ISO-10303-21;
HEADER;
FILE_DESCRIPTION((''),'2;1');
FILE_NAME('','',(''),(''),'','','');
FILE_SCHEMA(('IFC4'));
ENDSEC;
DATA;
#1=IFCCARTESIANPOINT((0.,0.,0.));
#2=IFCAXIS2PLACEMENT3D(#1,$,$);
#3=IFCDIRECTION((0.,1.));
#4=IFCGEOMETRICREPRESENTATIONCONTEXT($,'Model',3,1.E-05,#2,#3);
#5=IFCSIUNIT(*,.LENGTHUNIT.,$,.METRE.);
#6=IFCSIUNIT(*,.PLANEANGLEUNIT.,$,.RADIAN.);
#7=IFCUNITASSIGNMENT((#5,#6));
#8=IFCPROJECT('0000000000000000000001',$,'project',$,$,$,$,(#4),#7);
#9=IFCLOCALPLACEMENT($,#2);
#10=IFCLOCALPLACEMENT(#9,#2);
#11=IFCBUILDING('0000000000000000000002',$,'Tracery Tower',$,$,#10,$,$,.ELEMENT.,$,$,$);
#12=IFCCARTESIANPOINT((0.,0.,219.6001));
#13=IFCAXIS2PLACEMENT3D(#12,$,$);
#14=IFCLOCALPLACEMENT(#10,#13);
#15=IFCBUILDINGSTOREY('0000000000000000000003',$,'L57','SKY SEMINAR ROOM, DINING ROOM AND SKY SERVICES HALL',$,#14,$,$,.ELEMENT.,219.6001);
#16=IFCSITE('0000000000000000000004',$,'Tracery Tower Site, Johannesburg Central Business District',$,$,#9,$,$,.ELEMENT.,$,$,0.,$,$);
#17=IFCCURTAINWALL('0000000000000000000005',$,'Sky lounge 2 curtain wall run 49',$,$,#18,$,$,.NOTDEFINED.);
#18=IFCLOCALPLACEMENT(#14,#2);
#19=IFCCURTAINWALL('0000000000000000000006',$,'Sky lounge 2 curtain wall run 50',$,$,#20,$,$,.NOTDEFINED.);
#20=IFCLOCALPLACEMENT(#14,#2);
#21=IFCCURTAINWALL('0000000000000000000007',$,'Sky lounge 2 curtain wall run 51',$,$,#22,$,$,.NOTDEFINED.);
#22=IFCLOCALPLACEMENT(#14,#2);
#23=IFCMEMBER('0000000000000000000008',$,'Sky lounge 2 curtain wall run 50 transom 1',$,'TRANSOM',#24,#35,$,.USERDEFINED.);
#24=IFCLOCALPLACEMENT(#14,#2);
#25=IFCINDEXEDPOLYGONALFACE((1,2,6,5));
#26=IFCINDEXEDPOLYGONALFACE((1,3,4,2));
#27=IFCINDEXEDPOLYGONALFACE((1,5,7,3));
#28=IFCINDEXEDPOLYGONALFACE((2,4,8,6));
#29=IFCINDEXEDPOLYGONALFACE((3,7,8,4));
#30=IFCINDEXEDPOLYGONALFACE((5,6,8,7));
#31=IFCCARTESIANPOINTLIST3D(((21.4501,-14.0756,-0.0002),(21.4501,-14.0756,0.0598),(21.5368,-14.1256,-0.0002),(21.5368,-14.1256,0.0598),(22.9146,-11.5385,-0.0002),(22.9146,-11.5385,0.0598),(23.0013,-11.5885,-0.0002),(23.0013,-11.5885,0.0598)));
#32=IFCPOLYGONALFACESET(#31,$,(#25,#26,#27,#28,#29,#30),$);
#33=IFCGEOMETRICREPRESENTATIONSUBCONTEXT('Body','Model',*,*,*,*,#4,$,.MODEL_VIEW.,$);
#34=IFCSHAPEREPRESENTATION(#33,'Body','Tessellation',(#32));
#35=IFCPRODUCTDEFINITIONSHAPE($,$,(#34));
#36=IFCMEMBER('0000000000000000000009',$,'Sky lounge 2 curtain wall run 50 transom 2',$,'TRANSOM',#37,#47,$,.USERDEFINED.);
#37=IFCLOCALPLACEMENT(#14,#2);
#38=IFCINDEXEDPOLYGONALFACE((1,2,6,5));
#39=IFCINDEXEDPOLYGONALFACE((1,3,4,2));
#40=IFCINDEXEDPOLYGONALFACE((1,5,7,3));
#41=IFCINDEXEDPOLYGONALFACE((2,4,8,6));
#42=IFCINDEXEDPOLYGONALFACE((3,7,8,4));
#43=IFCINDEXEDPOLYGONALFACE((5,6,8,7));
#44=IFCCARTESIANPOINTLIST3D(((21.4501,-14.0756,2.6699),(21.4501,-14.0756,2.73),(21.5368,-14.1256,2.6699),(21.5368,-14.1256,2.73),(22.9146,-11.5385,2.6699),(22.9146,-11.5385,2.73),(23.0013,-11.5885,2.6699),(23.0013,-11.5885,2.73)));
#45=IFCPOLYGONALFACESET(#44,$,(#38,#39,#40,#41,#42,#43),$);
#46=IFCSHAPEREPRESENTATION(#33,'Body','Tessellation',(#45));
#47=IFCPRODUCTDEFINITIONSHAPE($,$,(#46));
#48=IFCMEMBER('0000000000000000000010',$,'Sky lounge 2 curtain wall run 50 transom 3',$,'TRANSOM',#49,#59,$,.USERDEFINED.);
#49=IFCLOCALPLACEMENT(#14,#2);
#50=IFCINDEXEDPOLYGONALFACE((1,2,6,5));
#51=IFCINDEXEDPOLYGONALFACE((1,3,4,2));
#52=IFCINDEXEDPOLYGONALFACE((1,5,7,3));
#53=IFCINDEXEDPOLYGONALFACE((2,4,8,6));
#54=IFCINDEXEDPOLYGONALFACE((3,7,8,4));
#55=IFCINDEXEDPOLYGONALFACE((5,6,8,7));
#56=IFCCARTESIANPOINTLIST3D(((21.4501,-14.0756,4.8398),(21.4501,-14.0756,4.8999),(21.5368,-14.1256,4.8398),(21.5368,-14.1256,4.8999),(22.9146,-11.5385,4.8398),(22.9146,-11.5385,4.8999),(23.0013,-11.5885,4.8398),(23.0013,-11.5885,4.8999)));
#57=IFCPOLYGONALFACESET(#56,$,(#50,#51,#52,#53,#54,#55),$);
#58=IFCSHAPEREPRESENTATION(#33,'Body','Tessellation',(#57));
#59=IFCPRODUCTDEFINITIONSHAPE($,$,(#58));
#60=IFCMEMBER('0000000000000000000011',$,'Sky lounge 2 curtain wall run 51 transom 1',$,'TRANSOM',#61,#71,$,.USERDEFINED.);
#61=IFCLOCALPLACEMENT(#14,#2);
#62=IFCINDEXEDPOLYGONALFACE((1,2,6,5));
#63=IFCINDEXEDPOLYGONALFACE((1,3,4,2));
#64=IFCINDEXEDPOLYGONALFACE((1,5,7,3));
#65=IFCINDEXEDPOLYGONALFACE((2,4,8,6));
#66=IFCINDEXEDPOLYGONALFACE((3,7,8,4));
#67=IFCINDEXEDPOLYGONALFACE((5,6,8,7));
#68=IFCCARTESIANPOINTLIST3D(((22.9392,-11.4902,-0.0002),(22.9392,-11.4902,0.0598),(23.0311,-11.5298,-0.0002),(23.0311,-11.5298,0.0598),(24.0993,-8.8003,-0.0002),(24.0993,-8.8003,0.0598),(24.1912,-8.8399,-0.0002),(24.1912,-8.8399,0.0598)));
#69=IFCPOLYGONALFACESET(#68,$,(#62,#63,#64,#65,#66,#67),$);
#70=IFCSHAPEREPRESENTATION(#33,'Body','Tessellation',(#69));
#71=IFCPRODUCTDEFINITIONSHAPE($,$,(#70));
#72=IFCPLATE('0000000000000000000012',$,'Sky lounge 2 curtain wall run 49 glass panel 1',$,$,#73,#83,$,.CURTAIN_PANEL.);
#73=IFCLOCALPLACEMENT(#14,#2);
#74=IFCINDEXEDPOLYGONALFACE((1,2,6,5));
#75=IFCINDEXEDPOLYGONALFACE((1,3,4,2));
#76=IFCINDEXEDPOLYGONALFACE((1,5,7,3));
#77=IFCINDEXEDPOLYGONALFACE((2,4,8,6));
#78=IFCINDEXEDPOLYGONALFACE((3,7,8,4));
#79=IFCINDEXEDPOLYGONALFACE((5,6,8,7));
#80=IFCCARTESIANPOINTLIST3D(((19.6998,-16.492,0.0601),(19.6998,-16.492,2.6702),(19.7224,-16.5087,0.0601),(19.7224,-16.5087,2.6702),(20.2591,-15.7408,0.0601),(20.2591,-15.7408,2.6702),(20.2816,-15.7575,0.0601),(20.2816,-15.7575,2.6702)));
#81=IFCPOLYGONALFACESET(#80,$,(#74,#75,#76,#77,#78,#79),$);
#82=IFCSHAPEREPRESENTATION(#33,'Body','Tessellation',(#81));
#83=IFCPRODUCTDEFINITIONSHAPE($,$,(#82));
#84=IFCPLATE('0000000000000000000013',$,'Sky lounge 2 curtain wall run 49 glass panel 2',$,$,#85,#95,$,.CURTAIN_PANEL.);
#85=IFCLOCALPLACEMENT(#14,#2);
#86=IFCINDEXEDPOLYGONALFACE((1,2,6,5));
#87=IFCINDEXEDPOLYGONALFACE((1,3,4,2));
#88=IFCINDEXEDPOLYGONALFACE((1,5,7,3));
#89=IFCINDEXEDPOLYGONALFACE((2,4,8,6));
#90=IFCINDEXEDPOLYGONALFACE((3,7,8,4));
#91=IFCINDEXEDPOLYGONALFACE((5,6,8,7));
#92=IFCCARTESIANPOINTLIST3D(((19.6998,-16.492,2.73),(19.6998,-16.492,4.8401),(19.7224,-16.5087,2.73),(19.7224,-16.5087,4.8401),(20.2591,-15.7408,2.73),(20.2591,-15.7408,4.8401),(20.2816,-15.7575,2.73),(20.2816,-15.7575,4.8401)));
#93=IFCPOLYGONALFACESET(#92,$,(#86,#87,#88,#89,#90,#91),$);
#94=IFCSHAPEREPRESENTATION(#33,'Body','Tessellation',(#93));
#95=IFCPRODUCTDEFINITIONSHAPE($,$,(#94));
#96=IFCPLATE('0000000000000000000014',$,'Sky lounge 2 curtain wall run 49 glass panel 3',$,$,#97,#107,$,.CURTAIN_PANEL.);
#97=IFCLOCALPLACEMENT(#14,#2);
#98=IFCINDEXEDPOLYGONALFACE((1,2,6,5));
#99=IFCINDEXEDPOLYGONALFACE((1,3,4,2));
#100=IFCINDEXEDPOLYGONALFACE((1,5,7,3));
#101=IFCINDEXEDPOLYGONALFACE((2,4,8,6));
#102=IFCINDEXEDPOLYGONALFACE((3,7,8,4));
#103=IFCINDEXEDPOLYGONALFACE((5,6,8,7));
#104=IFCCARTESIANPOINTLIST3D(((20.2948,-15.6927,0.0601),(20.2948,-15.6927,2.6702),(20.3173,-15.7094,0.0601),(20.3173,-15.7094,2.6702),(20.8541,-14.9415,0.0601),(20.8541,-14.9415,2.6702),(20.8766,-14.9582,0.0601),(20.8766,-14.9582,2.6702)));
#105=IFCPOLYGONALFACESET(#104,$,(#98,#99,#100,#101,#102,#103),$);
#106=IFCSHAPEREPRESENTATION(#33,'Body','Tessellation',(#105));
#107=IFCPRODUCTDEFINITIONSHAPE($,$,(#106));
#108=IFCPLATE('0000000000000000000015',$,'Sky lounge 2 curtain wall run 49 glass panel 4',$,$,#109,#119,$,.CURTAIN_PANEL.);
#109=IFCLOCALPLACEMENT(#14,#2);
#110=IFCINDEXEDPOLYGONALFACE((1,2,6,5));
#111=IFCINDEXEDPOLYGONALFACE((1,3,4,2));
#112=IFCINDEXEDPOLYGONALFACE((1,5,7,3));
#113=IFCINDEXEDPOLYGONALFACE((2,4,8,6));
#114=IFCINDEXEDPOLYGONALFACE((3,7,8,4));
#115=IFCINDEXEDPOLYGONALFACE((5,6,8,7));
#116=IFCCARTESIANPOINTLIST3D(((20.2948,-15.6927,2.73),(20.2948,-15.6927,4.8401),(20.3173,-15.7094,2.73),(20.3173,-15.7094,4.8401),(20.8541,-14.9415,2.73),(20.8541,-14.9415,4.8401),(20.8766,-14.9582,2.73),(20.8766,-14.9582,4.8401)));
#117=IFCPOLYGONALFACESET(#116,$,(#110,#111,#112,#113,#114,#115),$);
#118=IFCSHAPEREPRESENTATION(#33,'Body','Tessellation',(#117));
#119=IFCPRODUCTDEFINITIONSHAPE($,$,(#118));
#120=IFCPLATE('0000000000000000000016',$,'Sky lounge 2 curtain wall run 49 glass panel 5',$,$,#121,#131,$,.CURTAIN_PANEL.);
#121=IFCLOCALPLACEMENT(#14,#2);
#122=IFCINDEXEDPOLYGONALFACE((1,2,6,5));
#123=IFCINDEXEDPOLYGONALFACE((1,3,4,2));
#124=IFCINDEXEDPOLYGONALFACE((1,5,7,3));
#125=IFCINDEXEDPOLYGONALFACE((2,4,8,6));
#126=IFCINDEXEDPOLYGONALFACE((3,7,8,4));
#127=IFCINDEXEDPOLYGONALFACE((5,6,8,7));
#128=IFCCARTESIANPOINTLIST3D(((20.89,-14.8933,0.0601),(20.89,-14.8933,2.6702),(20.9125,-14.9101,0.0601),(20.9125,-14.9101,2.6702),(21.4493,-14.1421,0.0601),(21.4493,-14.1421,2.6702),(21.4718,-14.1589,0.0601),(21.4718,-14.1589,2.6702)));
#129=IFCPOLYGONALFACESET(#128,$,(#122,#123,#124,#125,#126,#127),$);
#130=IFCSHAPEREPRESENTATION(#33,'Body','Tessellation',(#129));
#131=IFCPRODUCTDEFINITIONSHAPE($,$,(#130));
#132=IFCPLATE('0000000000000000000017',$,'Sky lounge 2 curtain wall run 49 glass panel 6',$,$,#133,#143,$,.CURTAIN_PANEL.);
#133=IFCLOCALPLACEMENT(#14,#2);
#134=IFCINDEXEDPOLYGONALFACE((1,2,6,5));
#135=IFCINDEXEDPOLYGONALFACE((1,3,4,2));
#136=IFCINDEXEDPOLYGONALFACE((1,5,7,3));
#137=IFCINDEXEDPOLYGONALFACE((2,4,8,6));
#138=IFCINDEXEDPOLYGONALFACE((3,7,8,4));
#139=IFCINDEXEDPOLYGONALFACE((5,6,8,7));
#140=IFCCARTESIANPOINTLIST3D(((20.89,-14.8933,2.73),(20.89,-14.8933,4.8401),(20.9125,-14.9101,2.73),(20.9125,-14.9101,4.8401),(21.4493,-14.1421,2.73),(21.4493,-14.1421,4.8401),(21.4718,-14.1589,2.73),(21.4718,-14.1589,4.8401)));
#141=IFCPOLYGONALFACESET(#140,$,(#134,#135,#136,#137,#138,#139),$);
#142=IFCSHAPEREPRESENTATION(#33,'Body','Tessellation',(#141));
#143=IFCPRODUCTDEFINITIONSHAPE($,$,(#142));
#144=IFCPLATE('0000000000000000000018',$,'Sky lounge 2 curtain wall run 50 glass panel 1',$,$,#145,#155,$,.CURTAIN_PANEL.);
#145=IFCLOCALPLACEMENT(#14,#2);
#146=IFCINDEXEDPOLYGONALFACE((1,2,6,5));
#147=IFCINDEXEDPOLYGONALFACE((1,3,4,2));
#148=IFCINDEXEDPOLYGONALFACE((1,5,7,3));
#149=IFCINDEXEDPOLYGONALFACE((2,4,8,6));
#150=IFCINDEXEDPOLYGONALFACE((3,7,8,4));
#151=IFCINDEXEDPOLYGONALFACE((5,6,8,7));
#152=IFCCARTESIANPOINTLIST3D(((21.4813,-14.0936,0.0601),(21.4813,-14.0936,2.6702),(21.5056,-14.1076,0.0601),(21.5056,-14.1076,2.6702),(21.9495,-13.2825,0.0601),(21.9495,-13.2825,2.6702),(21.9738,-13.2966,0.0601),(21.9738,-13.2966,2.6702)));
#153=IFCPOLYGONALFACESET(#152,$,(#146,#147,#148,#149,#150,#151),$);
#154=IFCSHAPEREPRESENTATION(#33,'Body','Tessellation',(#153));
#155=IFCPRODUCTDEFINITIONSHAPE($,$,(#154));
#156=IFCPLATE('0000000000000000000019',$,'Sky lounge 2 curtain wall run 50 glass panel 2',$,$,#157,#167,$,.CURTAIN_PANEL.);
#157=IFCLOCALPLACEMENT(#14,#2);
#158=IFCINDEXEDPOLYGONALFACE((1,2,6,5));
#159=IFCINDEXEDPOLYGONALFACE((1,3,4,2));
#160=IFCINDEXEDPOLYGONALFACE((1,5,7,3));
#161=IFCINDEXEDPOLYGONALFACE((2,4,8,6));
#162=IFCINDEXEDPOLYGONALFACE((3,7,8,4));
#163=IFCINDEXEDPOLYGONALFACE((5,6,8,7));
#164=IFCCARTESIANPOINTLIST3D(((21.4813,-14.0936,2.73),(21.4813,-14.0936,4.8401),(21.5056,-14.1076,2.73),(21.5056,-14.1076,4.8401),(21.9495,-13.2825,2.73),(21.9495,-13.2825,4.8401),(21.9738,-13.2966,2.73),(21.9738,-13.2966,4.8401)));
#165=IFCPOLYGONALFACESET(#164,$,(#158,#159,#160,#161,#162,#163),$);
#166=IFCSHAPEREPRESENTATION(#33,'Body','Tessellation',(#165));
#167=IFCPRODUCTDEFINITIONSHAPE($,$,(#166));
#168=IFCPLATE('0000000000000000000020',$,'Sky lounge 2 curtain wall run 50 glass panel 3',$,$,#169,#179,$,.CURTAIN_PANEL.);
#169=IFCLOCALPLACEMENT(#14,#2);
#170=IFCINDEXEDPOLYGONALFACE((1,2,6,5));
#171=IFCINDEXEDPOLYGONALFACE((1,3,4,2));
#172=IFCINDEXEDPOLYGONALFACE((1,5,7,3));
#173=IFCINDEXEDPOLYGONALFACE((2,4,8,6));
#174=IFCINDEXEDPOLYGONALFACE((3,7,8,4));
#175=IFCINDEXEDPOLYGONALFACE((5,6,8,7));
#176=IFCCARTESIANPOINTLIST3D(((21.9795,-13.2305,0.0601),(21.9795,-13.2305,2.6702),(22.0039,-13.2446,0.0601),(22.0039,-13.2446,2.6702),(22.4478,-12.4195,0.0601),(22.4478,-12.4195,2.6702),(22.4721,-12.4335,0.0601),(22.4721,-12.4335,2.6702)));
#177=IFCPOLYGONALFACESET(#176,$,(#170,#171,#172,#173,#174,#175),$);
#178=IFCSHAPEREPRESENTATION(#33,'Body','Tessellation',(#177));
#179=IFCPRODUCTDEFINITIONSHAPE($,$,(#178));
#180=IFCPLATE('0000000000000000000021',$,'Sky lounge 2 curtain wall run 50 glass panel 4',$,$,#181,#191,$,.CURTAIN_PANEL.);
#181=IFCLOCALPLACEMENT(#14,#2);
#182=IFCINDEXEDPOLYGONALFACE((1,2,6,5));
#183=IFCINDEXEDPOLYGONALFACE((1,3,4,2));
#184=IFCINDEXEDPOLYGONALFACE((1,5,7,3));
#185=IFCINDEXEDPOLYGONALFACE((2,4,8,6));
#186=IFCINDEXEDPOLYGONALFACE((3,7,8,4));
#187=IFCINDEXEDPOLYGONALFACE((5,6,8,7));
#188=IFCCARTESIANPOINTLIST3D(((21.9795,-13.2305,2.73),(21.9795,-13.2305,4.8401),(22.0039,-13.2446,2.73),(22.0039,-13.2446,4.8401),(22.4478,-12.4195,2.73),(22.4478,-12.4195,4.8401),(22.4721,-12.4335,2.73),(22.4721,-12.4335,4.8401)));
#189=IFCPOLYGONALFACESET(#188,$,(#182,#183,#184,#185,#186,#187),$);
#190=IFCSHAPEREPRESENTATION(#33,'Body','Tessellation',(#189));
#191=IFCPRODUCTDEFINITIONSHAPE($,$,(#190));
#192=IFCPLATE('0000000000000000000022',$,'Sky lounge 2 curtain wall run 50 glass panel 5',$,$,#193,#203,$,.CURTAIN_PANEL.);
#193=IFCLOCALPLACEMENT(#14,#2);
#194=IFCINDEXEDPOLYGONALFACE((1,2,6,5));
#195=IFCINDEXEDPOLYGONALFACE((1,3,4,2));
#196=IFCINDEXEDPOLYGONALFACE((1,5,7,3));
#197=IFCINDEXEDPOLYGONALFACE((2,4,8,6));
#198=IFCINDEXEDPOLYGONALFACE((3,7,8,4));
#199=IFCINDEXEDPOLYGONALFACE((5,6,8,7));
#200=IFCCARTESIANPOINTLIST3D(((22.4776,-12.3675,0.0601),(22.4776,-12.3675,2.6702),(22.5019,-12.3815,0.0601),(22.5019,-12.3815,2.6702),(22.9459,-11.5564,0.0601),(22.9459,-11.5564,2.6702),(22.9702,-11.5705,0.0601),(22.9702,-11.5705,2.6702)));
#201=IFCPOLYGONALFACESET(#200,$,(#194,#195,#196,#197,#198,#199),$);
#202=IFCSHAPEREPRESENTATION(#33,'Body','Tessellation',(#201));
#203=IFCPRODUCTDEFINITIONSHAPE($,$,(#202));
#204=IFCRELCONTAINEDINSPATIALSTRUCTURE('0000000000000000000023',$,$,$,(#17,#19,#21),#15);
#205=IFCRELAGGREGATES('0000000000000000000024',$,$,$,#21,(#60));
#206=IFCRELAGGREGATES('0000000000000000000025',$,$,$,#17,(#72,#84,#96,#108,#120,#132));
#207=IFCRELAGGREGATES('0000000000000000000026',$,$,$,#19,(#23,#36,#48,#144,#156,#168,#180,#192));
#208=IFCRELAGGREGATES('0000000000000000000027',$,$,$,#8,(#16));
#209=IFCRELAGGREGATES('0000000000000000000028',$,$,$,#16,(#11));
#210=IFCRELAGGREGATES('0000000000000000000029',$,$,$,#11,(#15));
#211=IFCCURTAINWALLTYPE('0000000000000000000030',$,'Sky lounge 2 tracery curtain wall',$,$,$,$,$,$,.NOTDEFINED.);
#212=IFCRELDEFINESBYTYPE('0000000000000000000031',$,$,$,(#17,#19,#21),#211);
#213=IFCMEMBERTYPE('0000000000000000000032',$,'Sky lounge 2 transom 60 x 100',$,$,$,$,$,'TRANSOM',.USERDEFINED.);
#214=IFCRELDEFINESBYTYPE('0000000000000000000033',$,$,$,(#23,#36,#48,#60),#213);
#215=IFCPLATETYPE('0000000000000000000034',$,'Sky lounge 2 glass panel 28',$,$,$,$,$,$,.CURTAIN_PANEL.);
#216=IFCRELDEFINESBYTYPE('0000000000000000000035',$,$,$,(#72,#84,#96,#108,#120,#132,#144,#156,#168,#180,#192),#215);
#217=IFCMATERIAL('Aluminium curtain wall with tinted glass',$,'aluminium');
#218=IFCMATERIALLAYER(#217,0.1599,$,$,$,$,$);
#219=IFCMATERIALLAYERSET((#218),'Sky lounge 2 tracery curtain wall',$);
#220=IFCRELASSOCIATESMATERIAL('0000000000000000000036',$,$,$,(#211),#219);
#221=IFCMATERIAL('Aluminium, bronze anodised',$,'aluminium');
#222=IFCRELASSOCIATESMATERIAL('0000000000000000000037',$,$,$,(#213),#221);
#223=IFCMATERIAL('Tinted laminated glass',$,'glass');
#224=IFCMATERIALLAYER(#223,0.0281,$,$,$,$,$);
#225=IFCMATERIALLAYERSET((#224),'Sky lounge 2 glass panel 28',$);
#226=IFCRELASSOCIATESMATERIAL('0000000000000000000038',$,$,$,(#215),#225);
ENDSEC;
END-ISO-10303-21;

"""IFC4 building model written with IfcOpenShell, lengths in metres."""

from ifc_helpers import new_model, si_unit, direction, frame, origin, origin_2d, place, context, subcontext, project, spatial, rectangle, extrude, material, layer, layer_set, material_profile, profile_set, type_object, element, aggregate, save


model = new_model("IFC4")

# Units and contexts
model_context = context("Model", 3, precision=1e-05, world=origin(), true_north=direction((0.0, 1.0)))
body_context = subcontext(model_context, "Body", "Model", "MODEL_VIEW")
ifc_project = project(units=[si_unit("LENGTHUNIT", "METRE"), si_unit("PLANEANGLEUNIT", "RADIAN")], contexts=[model_context])

# Site, building, storey
site_placement = place(None, origin())
site = spatial("IfcSite", under=ifc_project, at=site_placement, Name="Tracery Tower Site, Johannesburg Central Business District", CompositionType="ELEMENT", RefElevation=0.0)
building_placement = place(site_placement, origin())
building = spatial("IfcBuilding", under=site, at=building_placement, Name="Tracery Tower", CompositionType="ELEMENT")
storey_placement = place(building_placement, frame((0.0, 0.0, 219.6001)))
storey = spatial("IfcBuildingStorey", under=building, at=storey_placement, Name="L57", Description="SKY SEMINAR ROOM, DINING ROOM AND SKY SERVICES HALL", CompositionType="ELEMENT", Elevation=219.6001)

# Curtain walls
ifc_material_1 = material(Name="Aluminium curtain wall with tinted glass", Category="aluminium")
ifc_layer_1 = layer(ifc_material_1, 0.1599)
ifc_layer_set_1 = layer_set([ifc_layer_1], Name="Sky lounge 2 tracery curtain wall")
curtain_wall_type = type_object("IfcCurtainWallType", Name="Sky lounge 2 tracery curtain wall", PredefinedType="NOTDEFINED", material=ifc_layer_set_1)
curtain_wall_1_placement = place(storey_placement, origin())
curtain_wall_1 = element("IfcCurtainWall", 1, at=curtain_wall_1_placement, inside=storey, type_object=curtain_wall_type, Name="Sky lounge 2 curtain wall run 49", PredefinedType="NOTDEFINED")
curtain_wall_2_placement = place(storey_placement, origin())
curtain_wall_2 = element("IfcCurtainWall", 2, at=curtain_wall_2_placement, inside=storey, type_object=curtain_wall_type, Name="Sky lounge 2 curtain wall run 50", PredefinedType="NOTDEFINED")

# Curtain wall
curtain_wall_3_placement = place(storey_placement, origin())
curtain_wall_3 = element("IfcCurtainWall", 3, at=curtain_wall_3_placement, inside=storey, type_object=curtain_wall_type, Name="Sky lounge 2 curtain wall run 51", PredefinedType="NOTDEFINED")

# Members
ifc_material_2 = material(Name="Aluminium, bronze anodised", Category="aluminium")
ifc_material_profile_1 = material_profile(ifc_material_2, rectangle(XDim=0.1001, YDim=0.0601, at=origin_2d()), Name="AL 60x100")
ifc_profile_set_1 = profile_set([ifc_material_profile_1], Name="Aluminium, bronze anodised")
member_type_1 = type_object("IfcMemberType", Name="Sky lounge 2 transom 60 x 100", ElementType="TRANSOM", PredefinedType="USERDEFINED", material=ifc_profile_set_1)
member_1_placement = place(storey_placement, frame((21.4934, -14.1006, 0.0298), z_axis=(0.499948, 0.866055, 0.0), x_axis=(-0.866055, 0.499948, 0.0)))
member_1 = element("IfcMember", 4, at=member_1_placement, type_object=member_type_1, Name="Sky lounge 2 curtain wall run 50 transom 1", ObjectType="TRANSOM", PredefinedType="USERDEFINED", context=body_context, shape_type="SweptSolid", body=[
    extrude(rectangle(XDim=0.1001, YDim=0.0601, at=origin_2d()), origin(), (0.0, 0.0, 1.0), 2.9294),
])
member_2_placement = place(storey_placement, frame((21.4934, -14.1006, 2.7), z_axis=(0.499948, 0.866055, 0.0), x_axis=(-0.866055, 0.499948, 0.0)))
member_2 = element("IfcMember", 5, at=member_2_placement, type_object=member_type_1, Name="Sky lounge 2 curtain wall run 50 transom 2", ObjectType="TRANSOM", PredefinedType="USERDEFINED", context=body_context, shape_type="SweptSolid", body=[
    extrude(rectangle(XDim=0.1001, YDim=0.0601, at=origin_2d()), origin(), (0.0, 0.0, 1.0), 2.9294),
])
member_3_placement = place(storey_placement, frame((21.4934, -14.1006, 4.8699), z_axis=(0.499948, 0.866055, 0.0), x_axis=(-0.866055, 0.499948, 0.0)))
member_3 = element("IfcMember", 6, at=member_3_placement, type_object=member_type_1, Name="Sky lounge 2 curtain wall run 50 transom 3", ObjectType="TRANSOM", PredefinedType="USERDEFINED", context=body_context, shape_type="SweptSolid", body=[
    extrude(rectangle(XDim=0.1001, YDim=0.0601, at=origin_2d()), origin(), (0.0, 0.0, 1.0), 2.9294),
])
member_4_placement = place(storey_placement, frame((22.9851, -11.51, 0.0298), z_axis=(0.39603, 0.918237, 0.0), x_axis=(-0.918237, 0.39603, 0.0)))
member_4 = element("IfcMember", 7, at=member_4_placement, type_object=member_type_1, Name="Sky lounge 2 curtain wall run 51 transom 1", ObjectType="TRANSOM", PredefinedType="USERDEFINED", context=body_context, shape_type="SweptSolid", body=[
    extrude(rectangle(XDim=0.1001, YDim=0.0601, at=origin_2d()), origin(), (0.0, 0.0, 1.0), 2.9294),
])
aggregate(curtain_wall_3, [member_4])

# Plates
ifc_material_3 = material(Name="Tinted laminated glass", Category="glass")
ifc_layer_2 = layer(ifc_material_3, 0.0281)
ifc_layer_set_2 = layer_set([ifc_layer_2], Name="Sky lounge 2 glass panel 28")
plate_type = type_object("IfcPlateType", Name="Sky lounge 2 glass panel 28", PredefinedType="CURTAIN_PANEL", material=ifc_layer_set_2)
plate_1_placement = place(storey_placement, frame((19.9907, -16.1248, 0.0601), z_axis=(0.0, 0.0, 1.0), x_axis=(0.597159, 0.802123, 0.0)))
plate_1 = element("IfcPlate", 8, at=plate_1_placement, type_object=plate_type, Name="Sky lounge 2 curtain wall run 49 glass panel 1", PredefinedType="CURTAIN_PANEL", context=body_context, shape_type="SweptSolid", body=[
    extrude(rectangle(XDim=0.9365, YDim=0.0281, at=origin_2d()), origin(), (0.0, 0.0, 1.0), 2.6101),
])
plate_2_placement = place(storey_placement, frame((19.9907, -16.1248, 2.73), z_axis=(0.0, 0.0, 1.0), x_axis=(0.597159, 0.802123, 0.0)))
plate_2 = element("IfcPlate", 9, at=plate_2_placement, type_object=plate_type, Name="Sky lounge 2 curtain wall run 49 glass panel 2", PredefinedType="CURTAIN_PANEL", context=body_context, shape_type="SweptSolid", body=[
    extrude(rectangle(XDim=0.9365, YDim=0.0281, at=origin_2d()), origin(), (0.0, 0.0, 1.0), 2.1101),
])
plate_3_placement = place(storey_placement, frame((20.5857, -15.3254, 0.0601), z_axis=(0.0, 0.0, 1.0), x_axis=(0.597159, 0.802123, 0.0)))
plate_3 = element("IfcPlate", 10, at=plate_3_placement, type_object=plate_type, Name="Sky lounge 2 curtain wall run 49 glass panel 3", PredefinedType="CURTAIN_PANEL", context=body_context, shape_type="SweptSolid", body=[
    extrude(rectangle(XDim=0.9365, YDim=0.0281, at=origin_2d()), origin(), (0.0, 0.0, 1.0), 2.6101),
])
plate_4_placement = place(storey_placement, frame((20.5857, -15.3254, 2.73), z_axis=(0.0, 0.0, 1.0), x_axis=(0.597159, 0.802123, 0.0)))
plate_4 = element("IfcPlate", 11, at=plate_4_placement, type_object=plate_type, Name="Sky lounge 2 curtain wall run 49 glass panel 4", PredefinedType="CURTAIN_PANEL", context=body_context, shape_type="SweptSolid", body=[
    extrude(rectangle(XDim=0.9365, YDim=0.0281, at=origin_2d()), origin(), (0.0, 0.0, 1.0), 2.1101),
])
plate_5_placement = place(storey_placement, frame((21.1809, -14.5261, 0.0601), z_axis=(0.0, 0.0, 1.0), x_axis=(0.597159, 0.802123, 0.0)))
plate_5 = element("IfcPlate", 12, at=plate_5_placement, type_object=plate_type, Name="Sky lounge 2 curtain wall run 49 glass panel 5", PredefinedType="CURTAIN_PANEL", context=body_context, shape_type="SweptSolid", body=[
    extrude(rectangle(XDim=0.9365, YDim=0.0281, at=origin_2d()), origin(), (0.0, 0.0, 1.0), 2.6101),
])
plate_6_placement = place(storey_placement, frame((21.1809, -14.5261, 2.73), z_axis=(0.0, 0.0, 1.0), x_axis=(0.597159, 0.802123, 0.0)))
plate_6 = element("IfcPlate", 13, at=plate_6_placement, type_object=plate_type, Name="Sky lounge 2 curtain wall run 49 glass panel 6", PredefinedType="CURTAIN_PANEL", context=body_context, shape_type="SweptSolid", body=[
    extrude(rectangle(XDim=0.9365, YDim=0.0281, at=origin_2d()), origin(), (0.0, 0.0, 1.0), 2.1101),
])
aggregate(curtain_wall_1, [plate_1, plate_2, plate_3, plate_4, plate_5, plate_6])
plate_7_placement = place(storey_placement, frame((21.7275, -13.6951, 0.0601), z_axis=(0.0, 0.0, 1.0), x_axis=(0.5, 0.866025, 0.0)))
plate_7 = element("IfcPlate", 14, at=plate_7_placement, type_object=plate_type, Name="Sky lounge 2 curtain wall run 50 glass panel 1", PredefinedType="CURTAIN_PANEL", context=body_context, shape_type="SweptSolid", body=[
    extrude(rectangle(XDim=0.9365, YDim=0.0281, at=origin_2d()), origin(), (0.0, 0.0, 1.0), 2.6101),
])
plate_8_placement = place(storey_placement, frame((21.7275, -13.6951, 2.73), z_axis=(0.0, 0.0, 1.0), x_axis=(0.5, 0.866025, 0.0)))
plate_8 = element("IfcPlate", 15, at=plate_8_placement, type_object=plate_type, Name="Sky lounge 2 curtain wall run 50 glass panel 2", PredefinedType="CURTAIN_PANEL", context=body_context, shape_type="SweptSolid", body=[
    extrude(rectangle(XDim=0.9365, YDim=0.0281, at=origin_2d()), origin(), (0.0, 0.0, 1.0), 2.1101),
])
plate_9_placement = place(storey_placement, frame((22.2258, -12.832, 0.0601), z_axis=(0.0, 0.0, 1.0), x_axis=(0.5, 0.866025, 0.0)))
plate_9 = element("IfcPlate", 16, at=plate_9_placement, type_object=plate_type, Name="Sky lounge 2 curtain wall run 50 glass panel 3", PredefinedType="CURTAIN_PANEL", context=body_context, shape_type="SweptSolid", body=[
    extrude(rectangle(XDim=0.9365, YDim=0.0281, at=origin_2d()), origin(), (0.0, 0.0, 1.0), 2.6101),
])
plate_10_placement = place(storey_placement, frame((22.2258, -12.832, 2.73), z_axis=(0.0, 0.0, 1.0), x_axis=(0.5, 0.866025, 0.0)))
plate_10 = element("IfcPlate", 17, at=plate_10_placement, type_object=plate_type, Name="Sky lounge 2 curtain wall run 50 glass panel 4", PredefinedType="CURTAIN_PANEL", context=body_context, shape_type="SweptSolid", body=[
    extrude(rectangle(XDim=0.9365, YDim=0.0281, at=origin_2d()), origin(), (0.0, 0.0, 1.0), 2.1101),
])
plate_11_placement = place(storey_placement, frame((22.7239, -11.969, 0.0601), z_axis=(0.0, 0.0, 1.0), x_axis=(0.5, 0.866025, 0.0)))
plate_11 = element("IfcPlate", 18, at=plate_11_placement, type_object=plate_type, Name="Sky lounge 2 curtain wall run 50 glass panel 5", PredefinedType="CURTAIN_PANEL", context=body_context, shape_type="SweptSolid", body=[
    extrude(rectangle(XDim=0.9365, YDim=0.0281, at=origin_2d()), origin(), (0.0, 0.0, 1.0), 2.6101),
])
aggregate(curtain_wall_2, [member_1, member_2, member_3, plate_7, plate_8, plate_9, plate_10, plate_11])

save(model, "model.ifc")
